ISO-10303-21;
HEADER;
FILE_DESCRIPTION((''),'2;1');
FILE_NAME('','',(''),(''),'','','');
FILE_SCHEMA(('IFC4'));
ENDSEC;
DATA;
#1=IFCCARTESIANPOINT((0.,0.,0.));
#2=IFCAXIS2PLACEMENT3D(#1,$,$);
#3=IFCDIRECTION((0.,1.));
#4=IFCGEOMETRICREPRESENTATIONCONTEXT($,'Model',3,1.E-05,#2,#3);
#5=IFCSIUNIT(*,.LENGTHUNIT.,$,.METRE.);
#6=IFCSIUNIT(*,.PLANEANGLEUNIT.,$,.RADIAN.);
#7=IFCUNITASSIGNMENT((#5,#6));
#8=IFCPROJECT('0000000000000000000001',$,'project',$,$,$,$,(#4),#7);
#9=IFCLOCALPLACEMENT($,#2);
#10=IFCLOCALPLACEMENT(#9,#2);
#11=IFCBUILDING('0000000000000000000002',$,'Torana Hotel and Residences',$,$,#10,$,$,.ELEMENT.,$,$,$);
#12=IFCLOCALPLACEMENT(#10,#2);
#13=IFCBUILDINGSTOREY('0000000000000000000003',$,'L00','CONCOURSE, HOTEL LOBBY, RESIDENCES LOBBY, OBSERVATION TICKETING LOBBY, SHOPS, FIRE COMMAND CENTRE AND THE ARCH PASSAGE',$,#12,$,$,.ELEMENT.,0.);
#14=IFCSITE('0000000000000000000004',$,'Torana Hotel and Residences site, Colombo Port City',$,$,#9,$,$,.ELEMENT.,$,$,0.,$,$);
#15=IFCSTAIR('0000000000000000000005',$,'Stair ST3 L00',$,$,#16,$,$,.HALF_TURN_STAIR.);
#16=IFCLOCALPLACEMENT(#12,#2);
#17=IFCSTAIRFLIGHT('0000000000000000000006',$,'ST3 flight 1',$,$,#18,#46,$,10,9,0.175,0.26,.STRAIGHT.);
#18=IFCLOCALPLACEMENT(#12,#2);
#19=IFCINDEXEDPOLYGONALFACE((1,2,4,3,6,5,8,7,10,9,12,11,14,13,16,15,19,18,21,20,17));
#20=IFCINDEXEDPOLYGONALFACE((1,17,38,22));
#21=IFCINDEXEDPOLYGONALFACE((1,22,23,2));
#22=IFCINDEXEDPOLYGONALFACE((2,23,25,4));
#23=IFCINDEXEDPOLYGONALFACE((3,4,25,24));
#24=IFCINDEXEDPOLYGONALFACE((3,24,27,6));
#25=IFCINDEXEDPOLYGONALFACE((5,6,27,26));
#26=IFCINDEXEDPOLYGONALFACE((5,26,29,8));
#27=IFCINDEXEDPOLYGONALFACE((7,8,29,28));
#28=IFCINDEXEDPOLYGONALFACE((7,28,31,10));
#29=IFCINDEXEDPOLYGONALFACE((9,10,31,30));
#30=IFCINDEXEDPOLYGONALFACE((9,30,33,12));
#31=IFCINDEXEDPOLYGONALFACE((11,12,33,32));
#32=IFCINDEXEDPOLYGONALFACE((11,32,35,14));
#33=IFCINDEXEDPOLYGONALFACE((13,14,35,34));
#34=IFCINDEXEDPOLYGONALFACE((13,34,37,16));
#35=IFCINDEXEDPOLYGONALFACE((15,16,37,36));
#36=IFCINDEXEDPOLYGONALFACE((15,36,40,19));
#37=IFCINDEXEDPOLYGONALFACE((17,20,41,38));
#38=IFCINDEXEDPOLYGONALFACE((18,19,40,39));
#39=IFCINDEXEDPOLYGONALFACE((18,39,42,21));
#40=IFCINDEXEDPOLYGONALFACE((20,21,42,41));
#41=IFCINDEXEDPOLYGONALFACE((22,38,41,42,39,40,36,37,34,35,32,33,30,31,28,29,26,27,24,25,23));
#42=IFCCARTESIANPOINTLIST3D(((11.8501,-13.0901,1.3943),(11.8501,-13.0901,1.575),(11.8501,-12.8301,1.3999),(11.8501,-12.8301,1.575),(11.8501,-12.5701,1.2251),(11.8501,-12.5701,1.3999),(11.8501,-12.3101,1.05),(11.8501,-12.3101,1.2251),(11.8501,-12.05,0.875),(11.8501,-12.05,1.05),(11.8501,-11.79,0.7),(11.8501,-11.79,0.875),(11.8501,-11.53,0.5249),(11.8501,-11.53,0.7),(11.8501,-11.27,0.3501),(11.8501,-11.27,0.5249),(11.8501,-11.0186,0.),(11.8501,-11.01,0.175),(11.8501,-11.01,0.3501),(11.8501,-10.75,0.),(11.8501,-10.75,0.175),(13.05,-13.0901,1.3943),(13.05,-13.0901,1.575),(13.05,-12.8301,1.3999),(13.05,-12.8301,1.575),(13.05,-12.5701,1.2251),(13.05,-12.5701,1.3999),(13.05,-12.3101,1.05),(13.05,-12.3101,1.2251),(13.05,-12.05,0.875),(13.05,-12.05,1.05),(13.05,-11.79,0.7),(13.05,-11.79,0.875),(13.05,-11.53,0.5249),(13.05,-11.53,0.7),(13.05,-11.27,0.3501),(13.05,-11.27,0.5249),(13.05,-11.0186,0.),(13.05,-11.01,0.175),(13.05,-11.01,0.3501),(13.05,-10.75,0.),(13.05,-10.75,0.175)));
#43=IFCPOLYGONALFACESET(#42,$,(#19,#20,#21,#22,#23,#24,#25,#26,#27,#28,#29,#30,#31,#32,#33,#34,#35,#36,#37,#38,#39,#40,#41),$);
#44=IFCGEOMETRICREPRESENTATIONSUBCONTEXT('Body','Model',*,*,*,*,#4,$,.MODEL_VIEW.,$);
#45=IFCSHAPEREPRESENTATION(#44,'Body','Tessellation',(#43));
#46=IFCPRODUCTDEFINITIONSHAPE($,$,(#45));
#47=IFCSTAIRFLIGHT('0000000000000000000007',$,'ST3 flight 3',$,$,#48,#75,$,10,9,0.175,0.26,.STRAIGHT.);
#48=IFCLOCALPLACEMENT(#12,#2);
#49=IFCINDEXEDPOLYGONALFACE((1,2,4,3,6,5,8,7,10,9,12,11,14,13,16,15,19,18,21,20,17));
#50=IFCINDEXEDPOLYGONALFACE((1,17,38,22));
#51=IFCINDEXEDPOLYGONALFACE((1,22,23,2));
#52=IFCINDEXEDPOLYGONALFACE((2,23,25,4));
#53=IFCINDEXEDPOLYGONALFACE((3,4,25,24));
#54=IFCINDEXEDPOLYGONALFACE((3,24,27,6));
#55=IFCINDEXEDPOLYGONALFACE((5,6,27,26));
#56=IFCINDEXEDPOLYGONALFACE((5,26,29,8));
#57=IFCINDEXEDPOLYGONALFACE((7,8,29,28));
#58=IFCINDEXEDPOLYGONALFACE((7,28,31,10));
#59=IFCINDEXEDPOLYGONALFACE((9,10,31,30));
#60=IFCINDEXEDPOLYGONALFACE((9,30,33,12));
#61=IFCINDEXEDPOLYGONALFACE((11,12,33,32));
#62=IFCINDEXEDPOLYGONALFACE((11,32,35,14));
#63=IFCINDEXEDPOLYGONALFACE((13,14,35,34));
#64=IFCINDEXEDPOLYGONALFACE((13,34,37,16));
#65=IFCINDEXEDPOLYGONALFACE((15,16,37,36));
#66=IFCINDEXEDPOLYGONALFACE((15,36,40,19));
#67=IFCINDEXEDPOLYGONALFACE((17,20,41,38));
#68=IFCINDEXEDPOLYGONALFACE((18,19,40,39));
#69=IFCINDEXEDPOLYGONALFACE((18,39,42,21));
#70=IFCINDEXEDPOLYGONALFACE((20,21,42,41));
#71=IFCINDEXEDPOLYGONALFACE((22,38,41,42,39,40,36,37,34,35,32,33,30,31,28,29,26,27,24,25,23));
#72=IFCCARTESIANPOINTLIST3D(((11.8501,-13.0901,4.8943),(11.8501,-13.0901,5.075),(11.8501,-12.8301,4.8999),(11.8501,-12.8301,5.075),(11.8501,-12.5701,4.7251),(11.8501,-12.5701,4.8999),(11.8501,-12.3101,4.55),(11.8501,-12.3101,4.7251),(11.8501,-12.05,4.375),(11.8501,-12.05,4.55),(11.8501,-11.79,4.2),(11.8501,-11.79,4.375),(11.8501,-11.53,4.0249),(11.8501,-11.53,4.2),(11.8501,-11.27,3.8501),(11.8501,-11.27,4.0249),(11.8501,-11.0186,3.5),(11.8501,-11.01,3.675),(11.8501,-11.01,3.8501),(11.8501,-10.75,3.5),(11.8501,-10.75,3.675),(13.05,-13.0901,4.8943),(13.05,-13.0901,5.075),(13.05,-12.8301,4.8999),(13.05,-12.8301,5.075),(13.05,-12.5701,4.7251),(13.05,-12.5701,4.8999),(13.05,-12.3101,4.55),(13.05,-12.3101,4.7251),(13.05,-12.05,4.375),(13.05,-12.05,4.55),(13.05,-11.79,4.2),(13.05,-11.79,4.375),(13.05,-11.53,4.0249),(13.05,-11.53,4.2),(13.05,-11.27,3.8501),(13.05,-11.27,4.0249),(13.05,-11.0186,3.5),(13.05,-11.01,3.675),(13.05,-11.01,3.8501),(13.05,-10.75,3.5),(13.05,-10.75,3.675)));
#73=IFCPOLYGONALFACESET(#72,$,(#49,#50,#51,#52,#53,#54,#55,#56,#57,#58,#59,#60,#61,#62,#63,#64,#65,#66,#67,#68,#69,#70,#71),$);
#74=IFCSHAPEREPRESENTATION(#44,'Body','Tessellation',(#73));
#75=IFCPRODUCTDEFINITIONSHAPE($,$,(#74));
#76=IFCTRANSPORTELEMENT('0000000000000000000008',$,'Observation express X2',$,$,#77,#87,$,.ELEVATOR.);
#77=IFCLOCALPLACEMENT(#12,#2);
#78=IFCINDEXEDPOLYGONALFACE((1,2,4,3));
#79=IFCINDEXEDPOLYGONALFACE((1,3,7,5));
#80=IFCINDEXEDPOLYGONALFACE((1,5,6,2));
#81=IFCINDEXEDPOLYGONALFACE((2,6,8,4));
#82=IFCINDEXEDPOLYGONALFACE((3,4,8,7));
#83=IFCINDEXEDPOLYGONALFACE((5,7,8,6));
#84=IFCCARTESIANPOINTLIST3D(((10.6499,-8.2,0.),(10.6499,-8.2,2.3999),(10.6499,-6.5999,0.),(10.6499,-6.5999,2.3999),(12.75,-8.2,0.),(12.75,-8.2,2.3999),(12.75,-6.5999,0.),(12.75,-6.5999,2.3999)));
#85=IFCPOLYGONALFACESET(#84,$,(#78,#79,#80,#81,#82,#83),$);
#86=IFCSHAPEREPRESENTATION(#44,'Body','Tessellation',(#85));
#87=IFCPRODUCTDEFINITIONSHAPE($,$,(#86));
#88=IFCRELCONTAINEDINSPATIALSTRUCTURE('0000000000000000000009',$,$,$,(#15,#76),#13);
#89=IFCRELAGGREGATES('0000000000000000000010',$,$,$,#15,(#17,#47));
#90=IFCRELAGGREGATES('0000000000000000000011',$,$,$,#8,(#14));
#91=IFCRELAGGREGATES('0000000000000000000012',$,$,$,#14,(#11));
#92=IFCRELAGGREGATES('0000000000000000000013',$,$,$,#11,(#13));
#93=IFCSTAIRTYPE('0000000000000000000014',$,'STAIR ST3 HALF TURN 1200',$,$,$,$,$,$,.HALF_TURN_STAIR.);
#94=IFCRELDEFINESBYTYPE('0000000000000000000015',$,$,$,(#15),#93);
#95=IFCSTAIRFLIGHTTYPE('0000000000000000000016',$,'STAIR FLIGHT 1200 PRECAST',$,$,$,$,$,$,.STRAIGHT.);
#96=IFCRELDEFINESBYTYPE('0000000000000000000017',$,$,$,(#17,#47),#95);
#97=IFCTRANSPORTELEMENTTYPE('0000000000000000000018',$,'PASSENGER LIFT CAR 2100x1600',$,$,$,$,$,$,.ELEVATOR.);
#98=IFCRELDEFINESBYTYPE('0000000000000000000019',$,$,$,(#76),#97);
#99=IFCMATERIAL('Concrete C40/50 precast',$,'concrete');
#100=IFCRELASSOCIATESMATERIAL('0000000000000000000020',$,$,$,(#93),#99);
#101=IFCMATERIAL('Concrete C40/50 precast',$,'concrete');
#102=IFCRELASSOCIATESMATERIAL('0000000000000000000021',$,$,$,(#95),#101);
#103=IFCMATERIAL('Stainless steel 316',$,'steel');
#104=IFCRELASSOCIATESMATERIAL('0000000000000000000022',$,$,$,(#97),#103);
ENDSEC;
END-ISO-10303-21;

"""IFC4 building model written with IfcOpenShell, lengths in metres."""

from ifc_helpers import new_model, si_unit, direction, frame, origin, origin_2d, place, context, subcontext, project, spatial, polyline, rectangle, outline, extrude, material, type_object, element, aggregate, save


model = new_model("IFC4")

# Units and contexts
model_context = context("Model", 3, precision=1e-05, world=origin(), true_north=direction((0.0, 1.0)))
body_context = subcontext(model_context, "Body", "Model", "MODEL_VIEW")
ifc_project = project(units=[si_unit("LENGTHUNIT", "METRE"), si_unit("PLANEANGLEUNIT", "RADIAN")], contexts=[model_context])

# Site, building, storey
site_placement = place(None, origin())
site = spatial("IfcSite", under=ifc_project, at=site_placement, Name="Torana Hotel and Residences site, Colombo Port City", CompositionType="ELEMENT", RefElevation=0.0)
building_placement = place(site_placement, origin())
building = spatial("IfcBuilding", under=site, at=building_placement, Name="Torana Hotel and Residences", CompositionType="ELEMENT")
storey_placement = place(building_placement, origin())
storey = spatial("IfcBuildingStorey", under=building, at=storey_placement, Name="L00", Description="CONCOURSE, HOTEL LOBBY, RESIDENCES LOBBY, OBSERVATION TICKETING LOBBY, SHOPS, FIRE COMMAND CENTRE AND THE ARCH PASSAGE", CompositionType="ELEMENT", Elevation=0.0)

# Stair, stair flights
ifc_material_1 = material(Name="Concrete C40/50 precast", Category="concrete")
stair_type = type_object("IfcStairType", Name="STAIR ST3 HALF TURN 1200", PredefinedType="HALF_TURN_STAIR", material=ifc_material_1)
stair_placement = place(storey_placement, origin())
stair = element("IfcStair", 1, at=stair_placement, inside=storey, type_object=stair_type, Name="Stair ST3 L00", PredefinedType="HALF_TURN_STAIR")
ifc_material_2 = material(Name="Concrete C40/50 precast", Category="concrete")
stair_flight_type = type_object("IfcStairFlightType", Name="STAIR FLIGHT 1200 PRECAST", PredefinedType="STRAIGHT", material=ifc_material_2)
stair_flight_1_placement = place(storey_placement, frame((12.45, -10.75, 0.0), z_axis=(0.0, 0.0, 1.0), x_axis=(0.0, -1.0, 0.0)))
stair_flight_1 = element("IfcStairFlight", 2, at=stair_flight_1_placement, type_object=stair_flight_type, Name="ST3 flight 1", NumberOfRisers=10, NumberOfTreads=9, PredefinedType="STRAIGHT", RiserHeight=0.175, TreadLength=0.26, context=body_context, shape_type="SweptSolid", body=[
    extrude(outline(polyline([(0.0, 0.0), (0.0, 0.175), (0.26, 0.175), (0.26, 0.3501), (0.52, 0.3501), (0.52, 0.5249), (0.78, 0.5249), (0.78, 0.7), (1.04, 0.7), (1.04, 0.875), (1.3, 0.875), (1.3, 1.05), (1.5601, 1.05), (1.5601, 1.2251), (1.8201, 1.2251), (1.8201, 1.3999), (2.0801, 1.3999), (2.0801, 1.575), (2.3401, 1.575), (2.3401, 1.75), (2.3401, 1.3943), (0.2686, 0.0), (0.0, 0.0)])), frame((0.0, 0.6001, 0.0), z_axis=(0.0, -1.0, 0.0), x_axis=(1.0, 0.0, 0.0)), (0.0, 0.0, 1.0), 1.2),
])
stair_flight_2_placement = place(storey_placement, frame((12.45, -10.75, 3.5), z_axis=(0.0, 0.0, 1.0), x_axis=(0.0, -1.0, 0.0)))
stair_flight_2 = element("IfcStairFlight", 3, at=stair_flight_2_placement, type_object=stair_flight_type, Name="ST3 flight 3", NumberOfRisers=10, NumberOfTreads=9, PredefinedType="STRAIGHT", RiserHeight=0.175, TreadLength=0.26, context=body_context, shape_type="SweptSolid", body=[
    extrude(outline(polyline([(0.0, 0.0), (0.0, 0.175), (0.26, 0.175), (0.26, 0.3501), (0.52, 0.3501), (0.52, 0.5249), (0.78, 0.5249), (0.78, 0.7), (1.04, 0.7), (1.04, 0.875), (1.3, 0.875), (1.3, 1.05), (1.5601, 1.05), (1.5601, 1.2251), (1.8201, 1.2251), (1.8201, 1.3999), (2.0801, 1.3999), (2.0801, 1.575), (2.3401, 1.575), (2.3401, 1.75), (2.3401, 1.3943), (0.2686, 0.0), (0.0, 0.0)])), frame((0.0, 0.6001, 0.0), z_axis=(0.0, -1.0, 0.0), x_axis=(1.0, 0.0, 0.0)), (0.0, 0.0, 1.0), 1.2),
])
aggregate(stair, [stair_flight_1, stair_flight_2])

# Transport element
ifc_material_3 = material(Name="Stainless steel 316", Category="steel")
transport_element_type = type_object("IfcTransportElementType", Name="PASSENGER LIFT CAR 2100x1600", PredefinedType="ELEVATOR", material=ifc_material_3)
transport_element_placement = place(storey_placement, frame((11.7, -7.3999, 0.0), z_axis=(0.0, 0.0, 1.0), x_axis=(1.0, 0.0, 0.0)))
element("IfcTransportElement", 4, at=transport_element_placement, inside=storey, type_object=transport_element_type, Name="Observation express X2", PredefinedType="ELEVATOR", context=body_context, shape_type="SweptSolid", body=[
    extrude(rectangle(XDim=2.1001, YDim=1.6001, at=origin_2d()), origin(), (0.0, 0.0, 1.0), 2.3999),
])

save(model, "model.ifc")
